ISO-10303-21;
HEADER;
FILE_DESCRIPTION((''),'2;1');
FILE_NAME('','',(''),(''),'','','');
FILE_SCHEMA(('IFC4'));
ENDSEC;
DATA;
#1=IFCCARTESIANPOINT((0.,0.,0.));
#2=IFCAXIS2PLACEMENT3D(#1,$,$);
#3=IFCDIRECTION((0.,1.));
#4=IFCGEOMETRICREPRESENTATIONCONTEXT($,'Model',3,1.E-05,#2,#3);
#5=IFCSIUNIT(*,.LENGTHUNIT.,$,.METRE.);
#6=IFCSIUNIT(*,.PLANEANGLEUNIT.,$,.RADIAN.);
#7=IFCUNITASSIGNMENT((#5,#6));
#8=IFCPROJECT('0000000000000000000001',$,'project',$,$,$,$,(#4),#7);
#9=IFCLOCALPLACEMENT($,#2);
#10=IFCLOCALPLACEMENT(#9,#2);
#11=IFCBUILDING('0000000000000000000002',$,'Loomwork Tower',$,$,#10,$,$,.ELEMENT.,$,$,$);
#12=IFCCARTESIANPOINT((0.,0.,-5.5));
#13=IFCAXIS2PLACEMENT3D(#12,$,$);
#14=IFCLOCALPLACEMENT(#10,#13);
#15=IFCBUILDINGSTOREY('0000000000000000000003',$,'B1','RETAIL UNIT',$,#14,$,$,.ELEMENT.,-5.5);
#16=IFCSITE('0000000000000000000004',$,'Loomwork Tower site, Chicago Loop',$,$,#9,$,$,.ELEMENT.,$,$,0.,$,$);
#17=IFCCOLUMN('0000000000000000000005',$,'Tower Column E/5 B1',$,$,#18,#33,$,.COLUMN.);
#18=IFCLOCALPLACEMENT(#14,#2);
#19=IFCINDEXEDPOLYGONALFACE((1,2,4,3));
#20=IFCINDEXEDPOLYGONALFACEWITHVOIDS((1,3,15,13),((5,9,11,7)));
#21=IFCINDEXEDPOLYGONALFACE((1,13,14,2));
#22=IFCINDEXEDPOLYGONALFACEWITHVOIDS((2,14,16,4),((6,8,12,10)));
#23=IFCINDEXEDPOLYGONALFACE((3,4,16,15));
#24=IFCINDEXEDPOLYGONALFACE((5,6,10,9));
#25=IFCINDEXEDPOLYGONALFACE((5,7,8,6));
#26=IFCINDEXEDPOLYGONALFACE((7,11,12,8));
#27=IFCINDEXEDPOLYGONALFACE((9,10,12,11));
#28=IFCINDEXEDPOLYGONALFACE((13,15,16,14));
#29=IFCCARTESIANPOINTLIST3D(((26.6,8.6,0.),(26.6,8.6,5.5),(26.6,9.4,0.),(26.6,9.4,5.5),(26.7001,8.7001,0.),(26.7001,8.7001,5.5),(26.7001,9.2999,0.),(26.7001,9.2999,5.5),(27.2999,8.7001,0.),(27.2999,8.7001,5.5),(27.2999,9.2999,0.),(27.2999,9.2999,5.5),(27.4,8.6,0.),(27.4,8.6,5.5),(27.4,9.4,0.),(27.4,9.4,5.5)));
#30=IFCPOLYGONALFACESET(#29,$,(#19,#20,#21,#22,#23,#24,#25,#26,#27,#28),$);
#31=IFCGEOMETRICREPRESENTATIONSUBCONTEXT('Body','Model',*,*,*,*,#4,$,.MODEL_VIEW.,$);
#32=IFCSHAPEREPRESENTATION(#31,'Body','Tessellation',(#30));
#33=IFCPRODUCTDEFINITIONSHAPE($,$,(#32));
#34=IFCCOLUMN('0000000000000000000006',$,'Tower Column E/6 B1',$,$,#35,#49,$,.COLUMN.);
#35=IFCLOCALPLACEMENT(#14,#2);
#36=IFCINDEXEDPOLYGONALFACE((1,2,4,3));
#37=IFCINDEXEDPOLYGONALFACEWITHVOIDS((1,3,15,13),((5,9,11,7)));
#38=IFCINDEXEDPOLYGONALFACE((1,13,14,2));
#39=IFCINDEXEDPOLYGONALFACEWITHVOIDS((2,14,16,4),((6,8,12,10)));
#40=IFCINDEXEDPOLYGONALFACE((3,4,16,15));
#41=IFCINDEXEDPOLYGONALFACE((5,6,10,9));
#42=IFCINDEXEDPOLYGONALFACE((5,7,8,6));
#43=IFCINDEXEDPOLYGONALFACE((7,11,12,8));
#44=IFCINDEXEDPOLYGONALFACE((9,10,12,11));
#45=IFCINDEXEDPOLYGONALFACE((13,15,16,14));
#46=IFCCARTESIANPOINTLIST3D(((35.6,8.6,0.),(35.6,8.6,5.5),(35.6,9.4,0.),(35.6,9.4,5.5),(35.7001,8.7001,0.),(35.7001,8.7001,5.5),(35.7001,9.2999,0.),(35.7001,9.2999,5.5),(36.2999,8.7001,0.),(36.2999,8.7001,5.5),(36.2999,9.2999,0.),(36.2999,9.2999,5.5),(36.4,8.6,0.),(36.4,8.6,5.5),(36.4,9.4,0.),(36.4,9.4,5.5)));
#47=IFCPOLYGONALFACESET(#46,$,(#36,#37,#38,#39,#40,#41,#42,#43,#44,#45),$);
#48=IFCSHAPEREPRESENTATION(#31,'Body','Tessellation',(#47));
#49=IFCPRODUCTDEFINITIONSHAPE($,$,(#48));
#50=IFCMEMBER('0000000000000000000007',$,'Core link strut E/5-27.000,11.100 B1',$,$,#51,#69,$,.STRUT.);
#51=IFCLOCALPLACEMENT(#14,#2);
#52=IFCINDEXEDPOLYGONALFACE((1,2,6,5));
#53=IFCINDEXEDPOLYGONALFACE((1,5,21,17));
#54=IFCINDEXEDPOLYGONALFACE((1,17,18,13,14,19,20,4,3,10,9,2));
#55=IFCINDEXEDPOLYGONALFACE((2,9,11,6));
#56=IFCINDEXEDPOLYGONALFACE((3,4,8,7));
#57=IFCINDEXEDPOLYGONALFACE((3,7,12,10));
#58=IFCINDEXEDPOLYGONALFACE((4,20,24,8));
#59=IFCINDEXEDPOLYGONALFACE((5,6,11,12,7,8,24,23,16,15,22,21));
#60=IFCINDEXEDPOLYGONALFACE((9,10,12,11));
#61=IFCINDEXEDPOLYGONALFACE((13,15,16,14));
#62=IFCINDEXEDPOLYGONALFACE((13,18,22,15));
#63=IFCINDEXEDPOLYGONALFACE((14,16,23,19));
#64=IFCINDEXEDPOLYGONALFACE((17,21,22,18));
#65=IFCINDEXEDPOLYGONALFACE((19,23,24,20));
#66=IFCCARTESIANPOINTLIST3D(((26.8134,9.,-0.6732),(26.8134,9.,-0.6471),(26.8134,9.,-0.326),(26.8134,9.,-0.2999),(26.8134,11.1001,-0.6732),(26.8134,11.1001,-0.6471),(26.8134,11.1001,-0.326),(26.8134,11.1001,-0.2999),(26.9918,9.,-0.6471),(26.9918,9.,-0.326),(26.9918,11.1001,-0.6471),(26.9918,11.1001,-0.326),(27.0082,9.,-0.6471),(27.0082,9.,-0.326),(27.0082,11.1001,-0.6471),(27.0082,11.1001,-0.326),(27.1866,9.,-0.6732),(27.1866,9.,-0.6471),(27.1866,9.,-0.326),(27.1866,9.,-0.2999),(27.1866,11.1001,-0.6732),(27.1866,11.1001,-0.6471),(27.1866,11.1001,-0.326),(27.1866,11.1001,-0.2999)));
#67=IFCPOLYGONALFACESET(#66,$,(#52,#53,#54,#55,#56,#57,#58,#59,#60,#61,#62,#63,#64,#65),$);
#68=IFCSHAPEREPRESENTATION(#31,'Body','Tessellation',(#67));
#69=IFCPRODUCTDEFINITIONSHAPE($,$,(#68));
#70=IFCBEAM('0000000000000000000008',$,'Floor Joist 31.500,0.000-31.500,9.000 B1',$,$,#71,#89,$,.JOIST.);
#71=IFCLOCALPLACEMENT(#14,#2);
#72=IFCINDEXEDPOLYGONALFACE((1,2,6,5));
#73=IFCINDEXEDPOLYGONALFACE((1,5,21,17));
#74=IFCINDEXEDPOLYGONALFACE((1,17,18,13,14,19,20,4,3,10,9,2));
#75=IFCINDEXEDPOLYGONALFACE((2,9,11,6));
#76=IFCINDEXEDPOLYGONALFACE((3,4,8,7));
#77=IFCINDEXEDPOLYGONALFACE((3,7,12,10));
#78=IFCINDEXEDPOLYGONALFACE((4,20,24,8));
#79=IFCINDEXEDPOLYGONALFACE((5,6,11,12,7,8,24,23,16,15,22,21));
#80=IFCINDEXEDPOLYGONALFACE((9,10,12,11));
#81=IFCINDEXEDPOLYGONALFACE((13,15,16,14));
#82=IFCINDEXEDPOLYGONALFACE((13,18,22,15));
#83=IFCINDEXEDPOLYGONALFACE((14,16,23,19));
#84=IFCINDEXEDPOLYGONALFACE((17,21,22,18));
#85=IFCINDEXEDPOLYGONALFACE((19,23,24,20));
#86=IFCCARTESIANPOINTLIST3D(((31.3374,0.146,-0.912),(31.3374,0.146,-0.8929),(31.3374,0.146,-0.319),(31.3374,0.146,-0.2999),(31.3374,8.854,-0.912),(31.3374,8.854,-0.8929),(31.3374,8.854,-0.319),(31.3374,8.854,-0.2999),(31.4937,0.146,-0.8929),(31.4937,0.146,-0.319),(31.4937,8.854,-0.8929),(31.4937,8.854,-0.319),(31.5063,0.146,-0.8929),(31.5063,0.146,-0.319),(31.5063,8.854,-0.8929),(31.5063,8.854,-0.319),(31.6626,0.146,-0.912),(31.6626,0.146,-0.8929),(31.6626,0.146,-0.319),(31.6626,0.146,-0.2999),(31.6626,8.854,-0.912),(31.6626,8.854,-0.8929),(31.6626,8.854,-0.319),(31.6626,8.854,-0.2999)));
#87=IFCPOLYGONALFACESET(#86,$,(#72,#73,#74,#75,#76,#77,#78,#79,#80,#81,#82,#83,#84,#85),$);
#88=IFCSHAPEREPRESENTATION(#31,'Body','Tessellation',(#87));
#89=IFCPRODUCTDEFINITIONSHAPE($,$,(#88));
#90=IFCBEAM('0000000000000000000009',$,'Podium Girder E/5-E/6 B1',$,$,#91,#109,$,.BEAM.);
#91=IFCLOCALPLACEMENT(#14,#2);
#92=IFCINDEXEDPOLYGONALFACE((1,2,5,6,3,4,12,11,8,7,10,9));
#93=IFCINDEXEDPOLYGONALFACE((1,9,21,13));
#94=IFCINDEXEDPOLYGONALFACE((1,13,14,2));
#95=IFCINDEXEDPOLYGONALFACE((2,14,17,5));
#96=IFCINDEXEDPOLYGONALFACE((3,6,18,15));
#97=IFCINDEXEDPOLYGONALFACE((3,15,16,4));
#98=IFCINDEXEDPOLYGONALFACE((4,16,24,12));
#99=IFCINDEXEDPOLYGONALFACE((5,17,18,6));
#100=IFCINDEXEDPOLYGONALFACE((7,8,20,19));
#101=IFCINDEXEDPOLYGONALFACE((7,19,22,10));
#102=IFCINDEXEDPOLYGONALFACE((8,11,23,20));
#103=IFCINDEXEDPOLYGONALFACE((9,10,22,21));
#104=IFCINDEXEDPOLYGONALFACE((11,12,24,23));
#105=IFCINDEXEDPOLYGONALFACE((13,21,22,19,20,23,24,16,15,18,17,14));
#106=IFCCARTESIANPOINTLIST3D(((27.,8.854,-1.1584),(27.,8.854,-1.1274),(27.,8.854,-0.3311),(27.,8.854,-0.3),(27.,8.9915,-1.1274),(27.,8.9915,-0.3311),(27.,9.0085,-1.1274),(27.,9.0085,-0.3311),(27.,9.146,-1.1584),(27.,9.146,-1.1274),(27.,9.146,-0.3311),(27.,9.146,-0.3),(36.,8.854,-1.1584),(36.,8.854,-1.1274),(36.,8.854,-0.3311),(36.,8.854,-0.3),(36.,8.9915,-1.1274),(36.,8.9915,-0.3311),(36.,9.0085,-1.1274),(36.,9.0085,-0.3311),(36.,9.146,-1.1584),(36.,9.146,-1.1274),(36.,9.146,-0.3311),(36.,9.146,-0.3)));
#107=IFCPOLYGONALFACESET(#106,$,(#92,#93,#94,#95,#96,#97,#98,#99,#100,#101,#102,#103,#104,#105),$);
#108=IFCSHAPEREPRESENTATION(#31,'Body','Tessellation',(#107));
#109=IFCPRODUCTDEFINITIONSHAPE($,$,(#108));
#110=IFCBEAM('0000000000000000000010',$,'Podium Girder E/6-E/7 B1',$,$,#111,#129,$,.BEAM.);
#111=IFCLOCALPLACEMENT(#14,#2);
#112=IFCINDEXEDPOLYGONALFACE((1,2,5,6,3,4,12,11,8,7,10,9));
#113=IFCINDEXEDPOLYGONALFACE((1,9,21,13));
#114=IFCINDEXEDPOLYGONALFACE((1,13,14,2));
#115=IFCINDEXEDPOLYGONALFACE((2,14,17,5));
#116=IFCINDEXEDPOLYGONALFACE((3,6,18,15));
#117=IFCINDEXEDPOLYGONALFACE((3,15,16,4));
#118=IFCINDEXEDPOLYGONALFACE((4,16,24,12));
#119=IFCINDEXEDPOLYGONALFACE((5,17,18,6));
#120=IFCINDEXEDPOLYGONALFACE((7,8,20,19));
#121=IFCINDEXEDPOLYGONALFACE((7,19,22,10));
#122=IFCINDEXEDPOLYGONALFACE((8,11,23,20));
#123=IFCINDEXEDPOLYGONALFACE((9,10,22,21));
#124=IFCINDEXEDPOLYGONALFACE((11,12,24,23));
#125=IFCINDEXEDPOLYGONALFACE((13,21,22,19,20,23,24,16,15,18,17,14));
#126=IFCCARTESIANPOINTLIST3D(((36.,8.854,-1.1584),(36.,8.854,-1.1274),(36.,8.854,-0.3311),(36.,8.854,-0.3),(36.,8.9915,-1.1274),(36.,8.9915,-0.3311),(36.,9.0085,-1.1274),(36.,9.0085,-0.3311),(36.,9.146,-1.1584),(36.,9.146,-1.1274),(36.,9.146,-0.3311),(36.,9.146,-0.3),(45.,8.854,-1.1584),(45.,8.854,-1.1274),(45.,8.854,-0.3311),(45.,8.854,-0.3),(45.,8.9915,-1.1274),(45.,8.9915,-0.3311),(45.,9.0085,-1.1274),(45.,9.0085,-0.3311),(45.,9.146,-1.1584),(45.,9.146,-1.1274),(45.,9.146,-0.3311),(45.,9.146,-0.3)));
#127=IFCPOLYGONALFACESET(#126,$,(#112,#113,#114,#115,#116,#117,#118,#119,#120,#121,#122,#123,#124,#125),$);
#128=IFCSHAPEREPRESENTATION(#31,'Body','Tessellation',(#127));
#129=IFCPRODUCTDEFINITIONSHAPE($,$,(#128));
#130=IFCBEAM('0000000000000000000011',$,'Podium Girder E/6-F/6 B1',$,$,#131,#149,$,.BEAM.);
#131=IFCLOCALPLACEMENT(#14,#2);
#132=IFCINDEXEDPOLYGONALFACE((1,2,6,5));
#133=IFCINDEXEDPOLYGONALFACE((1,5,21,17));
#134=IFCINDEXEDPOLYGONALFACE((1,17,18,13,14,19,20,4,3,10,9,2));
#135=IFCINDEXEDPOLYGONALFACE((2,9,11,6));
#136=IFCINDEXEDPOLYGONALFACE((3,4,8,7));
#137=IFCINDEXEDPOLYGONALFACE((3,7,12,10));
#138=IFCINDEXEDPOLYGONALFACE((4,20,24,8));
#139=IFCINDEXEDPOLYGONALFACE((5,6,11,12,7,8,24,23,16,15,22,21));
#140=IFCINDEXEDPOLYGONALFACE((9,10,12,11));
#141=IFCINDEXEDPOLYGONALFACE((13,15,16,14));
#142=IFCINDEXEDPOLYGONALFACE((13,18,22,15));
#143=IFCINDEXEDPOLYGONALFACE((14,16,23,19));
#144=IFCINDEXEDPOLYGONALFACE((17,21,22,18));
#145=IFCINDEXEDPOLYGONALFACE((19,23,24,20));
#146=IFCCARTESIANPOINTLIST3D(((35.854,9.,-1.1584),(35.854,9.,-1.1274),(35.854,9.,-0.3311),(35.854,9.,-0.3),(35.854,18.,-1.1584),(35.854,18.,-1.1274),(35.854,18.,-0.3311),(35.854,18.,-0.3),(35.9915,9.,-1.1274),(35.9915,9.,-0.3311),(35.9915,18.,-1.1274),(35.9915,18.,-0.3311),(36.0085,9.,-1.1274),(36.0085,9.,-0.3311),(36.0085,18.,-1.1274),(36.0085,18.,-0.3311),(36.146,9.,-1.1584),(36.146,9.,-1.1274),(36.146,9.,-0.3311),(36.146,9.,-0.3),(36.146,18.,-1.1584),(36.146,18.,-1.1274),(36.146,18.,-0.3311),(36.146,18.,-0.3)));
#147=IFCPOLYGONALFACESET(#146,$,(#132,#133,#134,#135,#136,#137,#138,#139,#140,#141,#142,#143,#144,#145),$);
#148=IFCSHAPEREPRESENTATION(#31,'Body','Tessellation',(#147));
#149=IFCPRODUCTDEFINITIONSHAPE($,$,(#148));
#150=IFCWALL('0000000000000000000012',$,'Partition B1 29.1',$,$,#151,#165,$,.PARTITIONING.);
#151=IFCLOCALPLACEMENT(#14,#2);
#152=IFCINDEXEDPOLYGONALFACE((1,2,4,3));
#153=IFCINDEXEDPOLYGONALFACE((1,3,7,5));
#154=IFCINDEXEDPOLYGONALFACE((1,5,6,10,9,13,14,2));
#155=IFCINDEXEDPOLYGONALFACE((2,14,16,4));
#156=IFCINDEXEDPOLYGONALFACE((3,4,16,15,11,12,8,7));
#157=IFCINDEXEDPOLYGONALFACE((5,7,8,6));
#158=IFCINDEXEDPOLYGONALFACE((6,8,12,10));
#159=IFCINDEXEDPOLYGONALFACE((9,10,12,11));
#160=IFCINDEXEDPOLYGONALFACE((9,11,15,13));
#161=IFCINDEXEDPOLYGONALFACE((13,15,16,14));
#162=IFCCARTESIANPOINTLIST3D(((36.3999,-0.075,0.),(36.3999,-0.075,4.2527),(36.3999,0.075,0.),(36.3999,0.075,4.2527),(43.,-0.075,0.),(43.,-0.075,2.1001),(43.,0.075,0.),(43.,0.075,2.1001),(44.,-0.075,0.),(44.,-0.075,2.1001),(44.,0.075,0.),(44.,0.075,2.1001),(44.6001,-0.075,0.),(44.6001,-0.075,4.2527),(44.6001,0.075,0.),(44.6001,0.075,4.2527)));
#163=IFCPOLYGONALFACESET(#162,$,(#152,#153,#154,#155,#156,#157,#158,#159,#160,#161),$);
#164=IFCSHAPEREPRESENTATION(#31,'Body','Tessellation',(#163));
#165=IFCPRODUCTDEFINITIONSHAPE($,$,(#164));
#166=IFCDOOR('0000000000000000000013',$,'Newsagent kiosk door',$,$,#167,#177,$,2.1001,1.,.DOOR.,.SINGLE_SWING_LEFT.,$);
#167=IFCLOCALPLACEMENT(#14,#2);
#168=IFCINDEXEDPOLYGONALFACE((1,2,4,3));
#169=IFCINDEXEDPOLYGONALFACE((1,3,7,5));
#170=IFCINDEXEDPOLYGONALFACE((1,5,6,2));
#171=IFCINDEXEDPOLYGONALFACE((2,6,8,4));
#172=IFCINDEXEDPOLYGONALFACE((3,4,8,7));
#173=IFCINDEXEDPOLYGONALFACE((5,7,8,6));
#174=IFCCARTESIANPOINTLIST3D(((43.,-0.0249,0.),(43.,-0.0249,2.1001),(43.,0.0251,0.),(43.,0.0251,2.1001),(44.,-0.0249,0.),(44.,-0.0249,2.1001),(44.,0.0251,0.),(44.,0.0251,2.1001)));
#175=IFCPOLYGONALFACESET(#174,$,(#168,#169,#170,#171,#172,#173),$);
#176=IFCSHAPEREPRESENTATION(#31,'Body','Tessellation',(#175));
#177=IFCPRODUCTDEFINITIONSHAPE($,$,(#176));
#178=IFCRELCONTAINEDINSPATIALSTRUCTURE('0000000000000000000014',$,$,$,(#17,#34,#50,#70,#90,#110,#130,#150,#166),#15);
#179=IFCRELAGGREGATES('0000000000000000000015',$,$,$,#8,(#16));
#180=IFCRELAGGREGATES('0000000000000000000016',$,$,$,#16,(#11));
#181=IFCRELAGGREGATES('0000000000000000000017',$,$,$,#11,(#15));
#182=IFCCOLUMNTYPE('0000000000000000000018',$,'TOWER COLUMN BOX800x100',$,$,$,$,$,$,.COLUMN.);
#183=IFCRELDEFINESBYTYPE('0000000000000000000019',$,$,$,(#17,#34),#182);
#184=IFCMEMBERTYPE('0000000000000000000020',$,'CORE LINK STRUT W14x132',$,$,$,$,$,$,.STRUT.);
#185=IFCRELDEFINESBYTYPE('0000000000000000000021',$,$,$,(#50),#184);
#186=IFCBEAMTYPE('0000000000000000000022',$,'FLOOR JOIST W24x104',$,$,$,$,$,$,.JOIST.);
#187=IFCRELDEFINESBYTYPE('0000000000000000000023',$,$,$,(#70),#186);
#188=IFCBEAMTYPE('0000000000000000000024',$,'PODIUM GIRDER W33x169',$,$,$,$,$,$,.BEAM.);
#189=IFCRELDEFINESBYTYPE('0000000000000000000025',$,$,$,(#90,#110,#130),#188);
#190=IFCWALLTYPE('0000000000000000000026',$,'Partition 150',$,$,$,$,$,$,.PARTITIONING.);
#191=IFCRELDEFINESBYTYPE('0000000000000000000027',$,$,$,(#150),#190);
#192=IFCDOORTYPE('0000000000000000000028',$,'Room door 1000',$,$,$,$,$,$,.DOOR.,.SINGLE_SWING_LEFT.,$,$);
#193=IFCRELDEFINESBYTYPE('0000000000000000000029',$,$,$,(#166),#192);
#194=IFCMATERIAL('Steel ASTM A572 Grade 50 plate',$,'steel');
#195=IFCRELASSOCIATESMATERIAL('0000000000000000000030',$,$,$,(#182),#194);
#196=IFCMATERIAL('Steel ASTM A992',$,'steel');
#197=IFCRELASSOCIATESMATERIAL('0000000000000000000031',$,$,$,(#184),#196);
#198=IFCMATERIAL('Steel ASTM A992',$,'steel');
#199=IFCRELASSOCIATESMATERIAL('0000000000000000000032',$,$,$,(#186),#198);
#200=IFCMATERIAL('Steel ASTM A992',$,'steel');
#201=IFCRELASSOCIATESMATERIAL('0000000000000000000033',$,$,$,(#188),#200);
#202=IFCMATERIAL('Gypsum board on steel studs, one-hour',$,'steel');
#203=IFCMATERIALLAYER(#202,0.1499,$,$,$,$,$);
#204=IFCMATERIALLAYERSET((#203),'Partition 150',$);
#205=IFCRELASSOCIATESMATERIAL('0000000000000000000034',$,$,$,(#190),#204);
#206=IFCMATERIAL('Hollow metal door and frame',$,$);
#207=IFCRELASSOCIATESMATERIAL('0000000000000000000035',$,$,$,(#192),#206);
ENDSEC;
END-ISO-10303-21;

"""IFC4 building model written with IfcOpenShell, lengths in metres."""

from ifc_helpers import new_model, si_unit, direction, frame, frame_2d, origin, origin_2d, place, context, subcontext, project, spatial, rectangle, hollow_rectangle, i_section, extrude, material, layer, layer_set, material_profile, profile_set, type_object, element, fill, save


model = new_model("IFC4")

# Units and contexts
model_context = context("Model", 3, precision=1e-05, world=origin(), true_north=direction((0.0, 1.0)))
body_context = subcontext(model_context, "Body", "Model", "MODEL_VIEW")
ifc_project = project(units=[si_unit("LENGTHUNIT", "METRE"), si_unit("PLANEANGLEUNIT", "RADIAN")], contexts=[model_context])

# Site, building, storey
site_placement = place(None, origin())
site = spatial("IfcSite", under=ifc_project, at=site_placement, Name="Loomwork Tower site, Chicago Loop", CompositionType="ELEMENT", RefElevation=0.0)
building_placement = place(site_placement, origin())
building = spatial("IfcBuilding", under=site, at=building_placement, Name="Loomwork Tower", CompositionType="ELEMENT")
storey_placement = place(building_placement, frame((0.0, 0.0, -5.5)))
storey = spatial("IfcBuildingStorey", under=building, at=storey_placement, Name="B1", Description="RETAIL UNIT", CompositionType="ELEMENT", Elevation=-5.5)

# Columns
ifc_material_1 = material(Name="Steel ASTM A572 Grade 50 plate", Category="steel")
ifc_material_profile_1 = material_profile(ifc_material_1, hollow_rectangle(XDim=0.8, YDim=0.8, WallThickness=0.1001, at=origin_2d()), Name="BOX800x100")
ifc_profile_set_1 = profile_set([ifc_material_profile_1], Name="Steel ASTM A572 Grade 50 plate")
column_type = type_object("IfcColumnType", Name="TOWER COLUMN BOX800x100", PredefinedType="COLUMN", material=ifc_profile_set_1)
for number, where, z_axis, x_axis, name in (
    (1, (27.0, 9.0, 0.0), (0.0, 0.0, 1.0), (1.0, 0.0, 0.0), "Tower Column E/5 B1"),
    (2, (36.0, 9.0, 0.0), (0.0, 0.0, 1.0), (0.0, 1.0, 0.0), "Tower Column E/6 B1"),
):
    element("IfcColumn", number, at=place(storey_placement, frame(where, z_axis=z_axis, x_axis=x_axis)), inside=storey, type_object=column_type, Name=name, PredefinedType="COLUMN", context=body_context, shape_type="SweptSolid", body=[
        extrude(hollow_rectangle(XDim=0.8, YDim=0.8, WallThickness=0.1001, at=origin_2d()), origin(), (0.0, 0.0, 1.0), 5.5),
    ])

# Member
ifc_material_2 = material(Name="Steel ASTM A992", Category="steel")
ifc_material_profile_2 = material_profile(ifc_material_2, i_section(OverallWidth=0.3733, OverallDepth=0.3733, WebThickness=0.0164, FlangeThickness=0.0261, at=origin_2d()), Name="W14x132")
ifc_profile_set_2 = profile_set([ifc_material_profile_2], Name="Steel ASTM A992")
member_type = type_object("IfcMemberType", Name="CORE LINK STRUT W14x132", PredefinedType="STRUT", material=ifc_profile_set_2)
member_placement = place(storey_placement, frame((27.0, 9.0, -0.4866), z_axis=(0.0, 1.0, 0.0), x_axis=(-1.0, 0.0, 0.0)))
element("IfcMember", 3, at=member_placement, inside=storey, type_object=member_type, Name="Core link strut E/5-27.000,11.100 B1", PredefinedType="STRUT", context=body_context, shape_type="SweptSolid", body=[
    extrude(i_section(OverallWidth=0.3733, OverallDepth=0.3733, WebThickness=0.0164, FlangeThickness=0.0261, at=origin_2d()), origin(), (0.0, 0.0, 1.0), 2.1001),
])

# Beams
ifc_material_3 = material(Name="Steel ASTM A992", Category="steel")
ifc_material_profile_3 = material_profile(ifc_material_3, i_section(OverallWidth=0.3252, OverallDepth=0.6121, WebThickness=0.0127, FlangeThickness=0.019, at=origin_2d()), Name="W24x104")
ifc_profile_set_3 = profile_set([ifc_material_profile_3], Name="Steel ASTM A992")
beam_type_1 = type_object("IfcBeamType", Name="FLOOR JOIST W24x104", PredefinedType="JOIST", material=ifc_profile_set_3)
beam_placement = place(storey_placement, frame((31.5, 0.146, -0.606), z_axis=(0.0, 1.0, 0.0), x_axis=(-1.0, 0.0, 0.0)))
element("IfcBeam", 4, at=beam_placement, inside=storey, type_object=beam_type_1, Name="Floor Joist 31.500,0.000-31.500,9.000 B1", PredefinedType="JOIST", context=body_context, shape_type="SweptSolid", body=[
    extrude(i_section(OverallWidth=0.3252, OverallDepth=0.6121, WebThickness=0.0127, FlangeThickness=0.019, at=origin_2d()), origin(), (0.0, 0.0, 1.0), 8.708),
])
ifc_material_4 = material(Name="Steel ASTM A992", Category="steel")
ifc_material_profile_4 = material_profile(ifc_material_4, i_section(OverallWidth=0.292, OverallDepth=0.8584, WebThickness=0.0171, FlangeThickness=0.031, at=origin_2d()), Name="W33x169")
ifc_profile_set_4 = profile_set([ifc_material_profile_4], Name="Steel ASTM A992")
beam_type_2 = type_object("IfcBeamType", Name="PODIUM GIRDER W33x169", PredefinedType="BEAM", material=ifc_profile_set_4)
for number, where, z_axis, x_axis, name in (
    (5, (27.0, 9.0, -0.7292), (1.0, 0.0, 0.0), (0.0, 1.0, 0.0), "Podium Girder E/5-E/6 B1"),
    (6, (36.0, 9.0, -0.7292), (1.0, 0.0, 0.0), (0.0, 1.0, 0.0), "Podium Girder E/6-E/7 B1"),
    (7, (36.0, 9.0, -0.7292), (0.0, 1.0, 0.0), (-1.0, 0.0, 0.0), "Podium Girder E/6-F/6 B1"),
):
    element("IfcBeam", number, at=place(storey_placement, frame(where, z_axis=z_axis, x_axis=x_axis)), inside=storey, type_object=beam_type_2, Name=name, PredefinedType="BEAM", context=body_context, shape_type="SweptSolid", body=[
        extrude(i_section(OverallWidth=0.292, OverallDepth=0.8584, WebThickness=0.0171, FlangeThickness=0.031, at=origin_2d()), origin(), (0.0, 0.0, 1.0), 9.0),
    ])

# Wall, opening, door
ifc_material_5 = material(Name="Gypsum board on steel studs, one-hour", Category="steel")
ifc_layer_1 = layer(ifc_material_5, 0.1499)
ifc_layer_set_1 = layer_set([ifc_layer_1], Name="Partition 150")
wall_type_1 = type_object("IfcWallType", Name="Partition 150", PredefinedType="PARTITIONING", material=ifc_layer_set_1)
wall_1_placement = place(storey_placement, frame((36.3999, 0.0, 0.0), z_axis=(0.0, 0.0, 1.0), x_axis=(1.0, 0.0, 0.0)))
wall_1 = element("IfcWall", 8, at=wall_1_placement, inside=storey, type_object=wall_type_1, Name="Partition B1 29.1", PredefinedType="PARTITIONING", context=body_context, shape_type="SweptSolid", body=[
    extrude(rectangle(XDim=8.2002, YDim=0.1499, at=frame_2d((4.1001, 0.0))), origin(), (0.0, 0.0, 1.0), 4.2527),
])
opening_1_placement = place(wall_1_placement, frame((6.6001, 0.0, 0.0)))
opening_1 = element("IfcOpeningElement", 9, at=opening_1_placement, cuts=wall_1, PredefinedType="OPENING", context=body_context, shape_type="SweptSolid", body=[
    extrude(rectangle(XDim=1.0, YDim=2.1001, at=frame_2d((0.5, 1.05))), frame((0.0, 0.085, 0.0), z_axis=(0.0, -1.0, 0.0), x_axis=(1.0, 0.0, 0.0)), (0.0, 0.0, 1.0), 0.1699),
])
ifc_material_6 = material(Name="Hollow metal door and frame")
door_type_1 = type_object("IfcDoorType", Name="Room door 1000", OperationType="SINGLE_SWING_LEFT", PredefinedType="DOOR", material=ifc_material_6)
door_1_placement = place(opening_1_placement, frame((1.0, 0.0, 0.0), z_axis=(0.0, 0.0, 1.0), x_axis=(-1.0, 0.0, 0.0)))
door_1 = element("IfcDoor", 10, at=door_1_placement, inside=storey, type_object=door_type_1, Name="Newsagent kiosk door", OperationType="SINGLE_SWING_LEFT", OverallHeight=2.1001, OverallWidth=1.0, PredefinedType="DOOR", context=body_context, shape_type="SweptSolid", body=[
    extrude(rectangle(XDim=1.0, YDim=2.1001, at=frame_2d((0.5, 1.05))), frame((0.0, 0.0249, 0.0), z_axis=(0.0, -1.0, 0.0), x_axis=(1.0, 0.0, 0.0)), (0.0, 0.0, 1.0), 0.05),
])
fill(opening_1, door_1)

save(model, "model.ifc")
